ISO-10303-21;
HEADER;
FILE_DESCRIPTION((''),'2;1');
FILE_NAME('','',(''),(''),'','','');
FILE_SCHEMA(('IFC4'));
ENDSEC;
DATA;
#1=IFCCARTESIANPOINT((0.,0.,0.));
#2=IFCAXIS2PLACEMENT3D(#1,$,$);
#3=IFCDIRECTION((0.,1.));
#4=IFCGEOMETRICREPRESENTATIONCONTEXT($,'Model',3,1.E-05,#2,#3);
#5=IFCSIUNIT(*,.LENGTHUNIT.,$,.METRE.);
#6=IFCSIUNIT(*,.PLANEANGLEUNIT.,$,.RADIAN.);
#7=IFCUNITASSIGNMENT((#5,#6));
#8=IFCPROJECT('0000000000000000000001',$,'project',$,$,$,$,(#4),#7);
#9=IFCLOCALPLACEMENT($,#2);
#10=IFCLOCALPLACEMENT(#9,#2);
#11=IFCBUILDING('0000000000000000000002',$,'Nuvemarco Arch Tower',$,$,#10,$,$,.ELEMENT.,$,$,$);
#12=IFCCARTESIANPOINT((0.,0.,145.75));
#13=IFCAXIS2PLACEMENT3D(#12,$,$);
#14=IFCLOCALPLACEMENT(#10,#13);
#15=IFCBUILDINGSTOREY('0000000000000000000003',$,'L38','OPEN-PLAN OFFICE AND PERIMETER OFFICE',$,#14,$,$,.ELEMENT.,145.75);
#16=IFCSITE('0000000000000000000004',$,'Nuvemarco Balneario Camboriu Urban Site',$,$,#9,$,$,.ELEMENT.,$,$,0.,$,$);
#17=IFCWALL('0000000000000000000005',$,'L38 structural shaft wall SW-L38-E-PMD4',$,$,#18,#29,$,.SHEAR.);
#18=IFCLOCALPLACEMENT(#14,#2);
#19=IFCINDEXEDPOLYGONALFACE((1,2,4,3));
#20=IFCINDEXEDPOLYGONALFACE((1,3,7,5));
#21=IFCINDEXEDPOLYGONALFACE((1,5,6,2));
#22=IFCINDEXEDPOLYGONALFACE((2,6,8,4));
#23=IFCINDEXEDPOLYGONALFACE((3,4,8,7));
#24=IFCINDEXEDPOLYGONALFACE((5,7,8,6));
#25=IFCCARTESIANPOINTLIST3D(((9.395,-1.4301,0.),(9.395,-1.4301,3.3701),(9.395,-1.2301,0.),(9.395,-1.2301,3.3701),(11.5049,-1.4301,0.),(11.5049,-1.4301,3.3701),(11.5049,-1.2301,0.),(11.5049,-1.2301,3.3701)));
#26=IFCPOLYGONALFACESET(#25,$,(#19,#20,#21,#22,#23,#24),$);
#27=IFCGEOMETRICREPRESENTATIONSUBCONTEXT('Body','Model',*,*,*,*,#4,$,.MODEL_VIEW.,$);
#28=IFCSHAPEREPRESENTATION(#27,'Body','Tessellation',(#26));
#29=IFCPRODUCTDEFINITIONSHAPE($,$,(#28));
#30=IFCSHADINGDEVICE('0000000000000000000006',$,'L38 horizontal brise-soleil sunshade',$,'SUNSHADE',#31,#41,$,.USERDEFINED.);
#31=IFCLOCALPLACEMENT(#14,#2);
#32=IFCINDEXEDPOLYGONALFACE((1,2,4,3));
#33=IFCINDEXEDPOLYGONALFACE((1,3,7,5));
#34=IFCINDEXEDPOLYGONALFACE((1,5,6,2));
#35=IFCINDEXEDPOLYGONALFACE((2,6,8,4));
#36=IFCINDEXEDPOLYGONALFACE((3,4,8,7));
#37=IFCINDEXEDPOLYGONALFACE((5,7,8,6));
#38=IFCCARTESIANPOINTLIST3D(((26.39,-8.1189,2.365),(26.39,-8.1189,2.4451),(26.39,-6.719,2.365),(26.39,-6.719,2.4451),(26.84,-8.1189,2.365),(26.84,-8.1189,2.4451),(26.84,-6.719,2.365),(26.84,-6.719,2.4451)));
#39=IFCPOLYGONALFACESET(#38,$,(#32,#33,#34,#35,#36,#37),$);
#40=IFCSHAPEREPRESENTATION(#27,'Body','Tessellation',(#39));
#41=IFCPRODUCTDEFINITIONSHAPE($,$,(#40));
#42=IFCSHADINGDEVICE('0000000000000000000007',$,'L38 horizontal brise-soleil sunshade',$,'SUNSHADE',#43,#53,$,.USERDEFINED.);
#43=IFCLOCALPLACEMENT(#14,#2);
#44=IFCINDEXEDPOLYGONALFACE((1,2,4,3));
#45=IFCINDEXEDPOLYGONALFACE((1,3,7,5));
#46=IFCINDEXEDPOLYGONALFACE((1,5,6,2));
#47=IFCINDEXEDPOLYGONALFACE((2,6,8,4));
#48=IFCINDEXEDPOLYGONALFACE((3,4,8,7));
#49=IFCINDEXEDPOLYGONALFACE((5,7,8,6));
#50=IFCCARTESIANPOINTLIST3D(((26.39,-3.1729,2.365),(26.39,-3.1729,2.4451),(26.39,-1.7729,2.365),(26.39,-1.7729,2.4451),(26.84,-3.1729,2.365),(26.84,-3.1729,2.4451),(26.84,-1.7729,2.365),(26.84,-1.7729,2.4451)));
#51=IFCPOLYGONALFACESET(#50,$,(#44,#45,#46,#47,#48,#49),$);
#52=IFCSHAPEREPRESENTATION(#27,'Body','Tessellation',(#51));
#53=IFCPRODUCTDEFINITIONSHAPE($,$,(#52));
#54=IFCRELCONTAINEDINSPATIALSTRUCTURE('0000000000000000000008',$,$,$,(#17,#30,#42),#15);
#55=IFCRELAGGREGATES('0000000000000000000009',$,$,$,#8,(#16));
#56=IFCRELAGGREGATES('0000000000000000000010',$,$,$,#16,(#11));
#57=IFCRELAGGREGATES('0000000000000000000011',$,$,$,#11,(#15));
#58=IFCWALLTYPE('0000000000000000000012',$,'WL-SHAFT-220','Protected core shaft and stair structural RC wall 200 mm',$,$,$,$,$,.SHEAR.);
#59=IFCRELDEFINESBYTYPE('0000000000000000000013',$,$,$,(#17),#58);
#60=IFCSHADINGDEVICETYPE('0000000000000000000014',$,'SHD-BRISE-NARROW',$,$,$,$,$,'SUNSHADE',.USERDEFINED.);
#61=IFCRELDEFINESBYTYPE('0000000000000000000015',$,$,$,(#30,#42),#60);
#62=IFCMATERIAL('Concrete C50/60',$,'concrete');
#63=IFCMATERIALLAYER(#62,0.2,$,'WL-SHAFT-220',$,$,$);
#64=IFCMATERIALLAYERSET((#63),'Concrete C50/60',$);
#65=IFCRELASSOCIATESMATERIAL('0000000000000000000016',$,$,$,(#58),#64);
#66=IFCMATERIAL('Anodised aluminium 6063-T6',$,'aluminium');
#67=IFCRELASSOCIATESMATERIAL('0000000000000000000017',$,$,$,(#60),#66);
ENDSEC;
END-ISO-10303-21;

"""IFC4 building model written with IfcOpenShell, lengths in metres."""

from ifc_helpers import new_model, si_unit, direction, frame, frame_2d, origin, origin_2d, place, context, subcontext, project, spatial, rectangle, extrude, source, transform, mapped, material, layer, layer_set, type_object, type_shapes, element, save


model = new_model("IFC4")

# Units and contexts
model_context = context("Model", 3, precision=1e-05, world=origin(), true_north=direction((0.0, 1.0)))
body_context = subcontext(model_context, "Body", "Model", "MODEL_VIEW")
ifc_project = project(units=[si_unit("LENGTHUNIT", "METRE"), si_unit("PLANEANGLEUNIT", "RADIAN")], contexts=[model_context])

# Site, building, storey
site_placement = place(None, origin())
site = spatial("IfcSite", under=ifc_project, at=site_placement, Name="Nuvemarco Balneario Camboriu Urban Site", CompositionType="ELEMENT", RefElevation=0.0)
building_placement = place(site_placement, origin())
building = spatial("IfcBuilding", under=site, at=building_placement, Name="Nuvemarco Arch Tower", CompositionType="ELEMENT")
storey_placement = place(building_placement, frame((0.0, 0.0, 145.75)))
storey = spatial("IfcBuildingStorey", under=building, at=storey_placement, Name="L38", Description="OPEN-PLAN OFFICE AND PERIMETER OFFICE", CompositionType="ELEMENT", Elevation=145.75)

# Shared definitions
ifc_material_1 = material(Name="Concrete C50/60", Category="concrete")

# Shared definitions
ifc_layer_1 = layer(ifc_material_1, 0.2, Name="WL-SHAFT-220")
ifc_layer_set_1 = layer_set([ifc_layer_1], Name="Concrete C50/60")
wall_type_1 = type_object("IfcWallType", Name="WL-SHAFT-220", Description="Protected core shaft and stair structural RC wall 200 mm", PredefinedType="SHEAR", material=ifc_layer_set_1)

# Wall
for number, where, z_axis, x_axis, name in (
    (1, (9.395, -1.3301, 0.0), (0.0, 0.0, 1.0), (1.0, 0.0, 0.0), "L38 structural shaft wall SW-L38-E-PMD4"),
):
    element("IfcWall", number, at=place(storey_placement, frame(where, z_axis=z_axis, x_axis=x_axis)), inside=storey, type_object=wall_type_1, Name=name, PredefinedType="SHEAR", context=body_context, shape_type="SweptSolid", body=[
        extrude(rectangle(XDim=2.1099, YDim=0.2, at=frame_2d((1.0549, 0.0))), origin(), (0.0, 0.0, 1.0), 3.3701),
    ])

# Shading devices
ifc_material_2 = material(Name="Anodised aluminium 6063-T6", Category="aluminium")
shading_device_type = type_object("IfcShadingDeviceType", Name="SHD-BRISE-NARROW", ElementType="SUNSHADE", PredefinedType="USERDEFINED", material=ifc_material_2)
shared_shape_1 = source(origin(), body_context, "Body", "SweptSolid", [
    extrude(rectangle(XDim=1.3999, YDim=0.45, at=origin_2d()), origin(), (0.0, 0.0, 1.0), 0.0801),
])
type_shapes(shading_device_type, [shared_shape_1])
for number, where, z_axis, x_axis, name in (
    (2, (26.615, -7.4189, 2.365), (0.0, 0.0, 1.0), (0.0, 1.0, 0.0), "L38 horizontal brise-soleil sunshade"),
    (3, (26.615, -2.4729, 2.365), (0.0, 0.0, 1.0), (0.0, 1.0, 0.0), "L38 horizontal brise-soleil sunshade"),
):
    element("IfcShadingDevice", number, at=place(storey_placement, frame(where, z_axis=z_axis, x_axis=x_axis)), inside=storey, type_object=shading_device_type, Name=name, ObjectType="SUNSHADE", PredefinedType="USERDEFINED", context=body_context, shape_type="MappedRepresentation", body=[
        mapped(shared_shape_1, transform((0.0, 0.0, 0.0), scale=1.0)),
    ])

save(model, "model.ifc")
